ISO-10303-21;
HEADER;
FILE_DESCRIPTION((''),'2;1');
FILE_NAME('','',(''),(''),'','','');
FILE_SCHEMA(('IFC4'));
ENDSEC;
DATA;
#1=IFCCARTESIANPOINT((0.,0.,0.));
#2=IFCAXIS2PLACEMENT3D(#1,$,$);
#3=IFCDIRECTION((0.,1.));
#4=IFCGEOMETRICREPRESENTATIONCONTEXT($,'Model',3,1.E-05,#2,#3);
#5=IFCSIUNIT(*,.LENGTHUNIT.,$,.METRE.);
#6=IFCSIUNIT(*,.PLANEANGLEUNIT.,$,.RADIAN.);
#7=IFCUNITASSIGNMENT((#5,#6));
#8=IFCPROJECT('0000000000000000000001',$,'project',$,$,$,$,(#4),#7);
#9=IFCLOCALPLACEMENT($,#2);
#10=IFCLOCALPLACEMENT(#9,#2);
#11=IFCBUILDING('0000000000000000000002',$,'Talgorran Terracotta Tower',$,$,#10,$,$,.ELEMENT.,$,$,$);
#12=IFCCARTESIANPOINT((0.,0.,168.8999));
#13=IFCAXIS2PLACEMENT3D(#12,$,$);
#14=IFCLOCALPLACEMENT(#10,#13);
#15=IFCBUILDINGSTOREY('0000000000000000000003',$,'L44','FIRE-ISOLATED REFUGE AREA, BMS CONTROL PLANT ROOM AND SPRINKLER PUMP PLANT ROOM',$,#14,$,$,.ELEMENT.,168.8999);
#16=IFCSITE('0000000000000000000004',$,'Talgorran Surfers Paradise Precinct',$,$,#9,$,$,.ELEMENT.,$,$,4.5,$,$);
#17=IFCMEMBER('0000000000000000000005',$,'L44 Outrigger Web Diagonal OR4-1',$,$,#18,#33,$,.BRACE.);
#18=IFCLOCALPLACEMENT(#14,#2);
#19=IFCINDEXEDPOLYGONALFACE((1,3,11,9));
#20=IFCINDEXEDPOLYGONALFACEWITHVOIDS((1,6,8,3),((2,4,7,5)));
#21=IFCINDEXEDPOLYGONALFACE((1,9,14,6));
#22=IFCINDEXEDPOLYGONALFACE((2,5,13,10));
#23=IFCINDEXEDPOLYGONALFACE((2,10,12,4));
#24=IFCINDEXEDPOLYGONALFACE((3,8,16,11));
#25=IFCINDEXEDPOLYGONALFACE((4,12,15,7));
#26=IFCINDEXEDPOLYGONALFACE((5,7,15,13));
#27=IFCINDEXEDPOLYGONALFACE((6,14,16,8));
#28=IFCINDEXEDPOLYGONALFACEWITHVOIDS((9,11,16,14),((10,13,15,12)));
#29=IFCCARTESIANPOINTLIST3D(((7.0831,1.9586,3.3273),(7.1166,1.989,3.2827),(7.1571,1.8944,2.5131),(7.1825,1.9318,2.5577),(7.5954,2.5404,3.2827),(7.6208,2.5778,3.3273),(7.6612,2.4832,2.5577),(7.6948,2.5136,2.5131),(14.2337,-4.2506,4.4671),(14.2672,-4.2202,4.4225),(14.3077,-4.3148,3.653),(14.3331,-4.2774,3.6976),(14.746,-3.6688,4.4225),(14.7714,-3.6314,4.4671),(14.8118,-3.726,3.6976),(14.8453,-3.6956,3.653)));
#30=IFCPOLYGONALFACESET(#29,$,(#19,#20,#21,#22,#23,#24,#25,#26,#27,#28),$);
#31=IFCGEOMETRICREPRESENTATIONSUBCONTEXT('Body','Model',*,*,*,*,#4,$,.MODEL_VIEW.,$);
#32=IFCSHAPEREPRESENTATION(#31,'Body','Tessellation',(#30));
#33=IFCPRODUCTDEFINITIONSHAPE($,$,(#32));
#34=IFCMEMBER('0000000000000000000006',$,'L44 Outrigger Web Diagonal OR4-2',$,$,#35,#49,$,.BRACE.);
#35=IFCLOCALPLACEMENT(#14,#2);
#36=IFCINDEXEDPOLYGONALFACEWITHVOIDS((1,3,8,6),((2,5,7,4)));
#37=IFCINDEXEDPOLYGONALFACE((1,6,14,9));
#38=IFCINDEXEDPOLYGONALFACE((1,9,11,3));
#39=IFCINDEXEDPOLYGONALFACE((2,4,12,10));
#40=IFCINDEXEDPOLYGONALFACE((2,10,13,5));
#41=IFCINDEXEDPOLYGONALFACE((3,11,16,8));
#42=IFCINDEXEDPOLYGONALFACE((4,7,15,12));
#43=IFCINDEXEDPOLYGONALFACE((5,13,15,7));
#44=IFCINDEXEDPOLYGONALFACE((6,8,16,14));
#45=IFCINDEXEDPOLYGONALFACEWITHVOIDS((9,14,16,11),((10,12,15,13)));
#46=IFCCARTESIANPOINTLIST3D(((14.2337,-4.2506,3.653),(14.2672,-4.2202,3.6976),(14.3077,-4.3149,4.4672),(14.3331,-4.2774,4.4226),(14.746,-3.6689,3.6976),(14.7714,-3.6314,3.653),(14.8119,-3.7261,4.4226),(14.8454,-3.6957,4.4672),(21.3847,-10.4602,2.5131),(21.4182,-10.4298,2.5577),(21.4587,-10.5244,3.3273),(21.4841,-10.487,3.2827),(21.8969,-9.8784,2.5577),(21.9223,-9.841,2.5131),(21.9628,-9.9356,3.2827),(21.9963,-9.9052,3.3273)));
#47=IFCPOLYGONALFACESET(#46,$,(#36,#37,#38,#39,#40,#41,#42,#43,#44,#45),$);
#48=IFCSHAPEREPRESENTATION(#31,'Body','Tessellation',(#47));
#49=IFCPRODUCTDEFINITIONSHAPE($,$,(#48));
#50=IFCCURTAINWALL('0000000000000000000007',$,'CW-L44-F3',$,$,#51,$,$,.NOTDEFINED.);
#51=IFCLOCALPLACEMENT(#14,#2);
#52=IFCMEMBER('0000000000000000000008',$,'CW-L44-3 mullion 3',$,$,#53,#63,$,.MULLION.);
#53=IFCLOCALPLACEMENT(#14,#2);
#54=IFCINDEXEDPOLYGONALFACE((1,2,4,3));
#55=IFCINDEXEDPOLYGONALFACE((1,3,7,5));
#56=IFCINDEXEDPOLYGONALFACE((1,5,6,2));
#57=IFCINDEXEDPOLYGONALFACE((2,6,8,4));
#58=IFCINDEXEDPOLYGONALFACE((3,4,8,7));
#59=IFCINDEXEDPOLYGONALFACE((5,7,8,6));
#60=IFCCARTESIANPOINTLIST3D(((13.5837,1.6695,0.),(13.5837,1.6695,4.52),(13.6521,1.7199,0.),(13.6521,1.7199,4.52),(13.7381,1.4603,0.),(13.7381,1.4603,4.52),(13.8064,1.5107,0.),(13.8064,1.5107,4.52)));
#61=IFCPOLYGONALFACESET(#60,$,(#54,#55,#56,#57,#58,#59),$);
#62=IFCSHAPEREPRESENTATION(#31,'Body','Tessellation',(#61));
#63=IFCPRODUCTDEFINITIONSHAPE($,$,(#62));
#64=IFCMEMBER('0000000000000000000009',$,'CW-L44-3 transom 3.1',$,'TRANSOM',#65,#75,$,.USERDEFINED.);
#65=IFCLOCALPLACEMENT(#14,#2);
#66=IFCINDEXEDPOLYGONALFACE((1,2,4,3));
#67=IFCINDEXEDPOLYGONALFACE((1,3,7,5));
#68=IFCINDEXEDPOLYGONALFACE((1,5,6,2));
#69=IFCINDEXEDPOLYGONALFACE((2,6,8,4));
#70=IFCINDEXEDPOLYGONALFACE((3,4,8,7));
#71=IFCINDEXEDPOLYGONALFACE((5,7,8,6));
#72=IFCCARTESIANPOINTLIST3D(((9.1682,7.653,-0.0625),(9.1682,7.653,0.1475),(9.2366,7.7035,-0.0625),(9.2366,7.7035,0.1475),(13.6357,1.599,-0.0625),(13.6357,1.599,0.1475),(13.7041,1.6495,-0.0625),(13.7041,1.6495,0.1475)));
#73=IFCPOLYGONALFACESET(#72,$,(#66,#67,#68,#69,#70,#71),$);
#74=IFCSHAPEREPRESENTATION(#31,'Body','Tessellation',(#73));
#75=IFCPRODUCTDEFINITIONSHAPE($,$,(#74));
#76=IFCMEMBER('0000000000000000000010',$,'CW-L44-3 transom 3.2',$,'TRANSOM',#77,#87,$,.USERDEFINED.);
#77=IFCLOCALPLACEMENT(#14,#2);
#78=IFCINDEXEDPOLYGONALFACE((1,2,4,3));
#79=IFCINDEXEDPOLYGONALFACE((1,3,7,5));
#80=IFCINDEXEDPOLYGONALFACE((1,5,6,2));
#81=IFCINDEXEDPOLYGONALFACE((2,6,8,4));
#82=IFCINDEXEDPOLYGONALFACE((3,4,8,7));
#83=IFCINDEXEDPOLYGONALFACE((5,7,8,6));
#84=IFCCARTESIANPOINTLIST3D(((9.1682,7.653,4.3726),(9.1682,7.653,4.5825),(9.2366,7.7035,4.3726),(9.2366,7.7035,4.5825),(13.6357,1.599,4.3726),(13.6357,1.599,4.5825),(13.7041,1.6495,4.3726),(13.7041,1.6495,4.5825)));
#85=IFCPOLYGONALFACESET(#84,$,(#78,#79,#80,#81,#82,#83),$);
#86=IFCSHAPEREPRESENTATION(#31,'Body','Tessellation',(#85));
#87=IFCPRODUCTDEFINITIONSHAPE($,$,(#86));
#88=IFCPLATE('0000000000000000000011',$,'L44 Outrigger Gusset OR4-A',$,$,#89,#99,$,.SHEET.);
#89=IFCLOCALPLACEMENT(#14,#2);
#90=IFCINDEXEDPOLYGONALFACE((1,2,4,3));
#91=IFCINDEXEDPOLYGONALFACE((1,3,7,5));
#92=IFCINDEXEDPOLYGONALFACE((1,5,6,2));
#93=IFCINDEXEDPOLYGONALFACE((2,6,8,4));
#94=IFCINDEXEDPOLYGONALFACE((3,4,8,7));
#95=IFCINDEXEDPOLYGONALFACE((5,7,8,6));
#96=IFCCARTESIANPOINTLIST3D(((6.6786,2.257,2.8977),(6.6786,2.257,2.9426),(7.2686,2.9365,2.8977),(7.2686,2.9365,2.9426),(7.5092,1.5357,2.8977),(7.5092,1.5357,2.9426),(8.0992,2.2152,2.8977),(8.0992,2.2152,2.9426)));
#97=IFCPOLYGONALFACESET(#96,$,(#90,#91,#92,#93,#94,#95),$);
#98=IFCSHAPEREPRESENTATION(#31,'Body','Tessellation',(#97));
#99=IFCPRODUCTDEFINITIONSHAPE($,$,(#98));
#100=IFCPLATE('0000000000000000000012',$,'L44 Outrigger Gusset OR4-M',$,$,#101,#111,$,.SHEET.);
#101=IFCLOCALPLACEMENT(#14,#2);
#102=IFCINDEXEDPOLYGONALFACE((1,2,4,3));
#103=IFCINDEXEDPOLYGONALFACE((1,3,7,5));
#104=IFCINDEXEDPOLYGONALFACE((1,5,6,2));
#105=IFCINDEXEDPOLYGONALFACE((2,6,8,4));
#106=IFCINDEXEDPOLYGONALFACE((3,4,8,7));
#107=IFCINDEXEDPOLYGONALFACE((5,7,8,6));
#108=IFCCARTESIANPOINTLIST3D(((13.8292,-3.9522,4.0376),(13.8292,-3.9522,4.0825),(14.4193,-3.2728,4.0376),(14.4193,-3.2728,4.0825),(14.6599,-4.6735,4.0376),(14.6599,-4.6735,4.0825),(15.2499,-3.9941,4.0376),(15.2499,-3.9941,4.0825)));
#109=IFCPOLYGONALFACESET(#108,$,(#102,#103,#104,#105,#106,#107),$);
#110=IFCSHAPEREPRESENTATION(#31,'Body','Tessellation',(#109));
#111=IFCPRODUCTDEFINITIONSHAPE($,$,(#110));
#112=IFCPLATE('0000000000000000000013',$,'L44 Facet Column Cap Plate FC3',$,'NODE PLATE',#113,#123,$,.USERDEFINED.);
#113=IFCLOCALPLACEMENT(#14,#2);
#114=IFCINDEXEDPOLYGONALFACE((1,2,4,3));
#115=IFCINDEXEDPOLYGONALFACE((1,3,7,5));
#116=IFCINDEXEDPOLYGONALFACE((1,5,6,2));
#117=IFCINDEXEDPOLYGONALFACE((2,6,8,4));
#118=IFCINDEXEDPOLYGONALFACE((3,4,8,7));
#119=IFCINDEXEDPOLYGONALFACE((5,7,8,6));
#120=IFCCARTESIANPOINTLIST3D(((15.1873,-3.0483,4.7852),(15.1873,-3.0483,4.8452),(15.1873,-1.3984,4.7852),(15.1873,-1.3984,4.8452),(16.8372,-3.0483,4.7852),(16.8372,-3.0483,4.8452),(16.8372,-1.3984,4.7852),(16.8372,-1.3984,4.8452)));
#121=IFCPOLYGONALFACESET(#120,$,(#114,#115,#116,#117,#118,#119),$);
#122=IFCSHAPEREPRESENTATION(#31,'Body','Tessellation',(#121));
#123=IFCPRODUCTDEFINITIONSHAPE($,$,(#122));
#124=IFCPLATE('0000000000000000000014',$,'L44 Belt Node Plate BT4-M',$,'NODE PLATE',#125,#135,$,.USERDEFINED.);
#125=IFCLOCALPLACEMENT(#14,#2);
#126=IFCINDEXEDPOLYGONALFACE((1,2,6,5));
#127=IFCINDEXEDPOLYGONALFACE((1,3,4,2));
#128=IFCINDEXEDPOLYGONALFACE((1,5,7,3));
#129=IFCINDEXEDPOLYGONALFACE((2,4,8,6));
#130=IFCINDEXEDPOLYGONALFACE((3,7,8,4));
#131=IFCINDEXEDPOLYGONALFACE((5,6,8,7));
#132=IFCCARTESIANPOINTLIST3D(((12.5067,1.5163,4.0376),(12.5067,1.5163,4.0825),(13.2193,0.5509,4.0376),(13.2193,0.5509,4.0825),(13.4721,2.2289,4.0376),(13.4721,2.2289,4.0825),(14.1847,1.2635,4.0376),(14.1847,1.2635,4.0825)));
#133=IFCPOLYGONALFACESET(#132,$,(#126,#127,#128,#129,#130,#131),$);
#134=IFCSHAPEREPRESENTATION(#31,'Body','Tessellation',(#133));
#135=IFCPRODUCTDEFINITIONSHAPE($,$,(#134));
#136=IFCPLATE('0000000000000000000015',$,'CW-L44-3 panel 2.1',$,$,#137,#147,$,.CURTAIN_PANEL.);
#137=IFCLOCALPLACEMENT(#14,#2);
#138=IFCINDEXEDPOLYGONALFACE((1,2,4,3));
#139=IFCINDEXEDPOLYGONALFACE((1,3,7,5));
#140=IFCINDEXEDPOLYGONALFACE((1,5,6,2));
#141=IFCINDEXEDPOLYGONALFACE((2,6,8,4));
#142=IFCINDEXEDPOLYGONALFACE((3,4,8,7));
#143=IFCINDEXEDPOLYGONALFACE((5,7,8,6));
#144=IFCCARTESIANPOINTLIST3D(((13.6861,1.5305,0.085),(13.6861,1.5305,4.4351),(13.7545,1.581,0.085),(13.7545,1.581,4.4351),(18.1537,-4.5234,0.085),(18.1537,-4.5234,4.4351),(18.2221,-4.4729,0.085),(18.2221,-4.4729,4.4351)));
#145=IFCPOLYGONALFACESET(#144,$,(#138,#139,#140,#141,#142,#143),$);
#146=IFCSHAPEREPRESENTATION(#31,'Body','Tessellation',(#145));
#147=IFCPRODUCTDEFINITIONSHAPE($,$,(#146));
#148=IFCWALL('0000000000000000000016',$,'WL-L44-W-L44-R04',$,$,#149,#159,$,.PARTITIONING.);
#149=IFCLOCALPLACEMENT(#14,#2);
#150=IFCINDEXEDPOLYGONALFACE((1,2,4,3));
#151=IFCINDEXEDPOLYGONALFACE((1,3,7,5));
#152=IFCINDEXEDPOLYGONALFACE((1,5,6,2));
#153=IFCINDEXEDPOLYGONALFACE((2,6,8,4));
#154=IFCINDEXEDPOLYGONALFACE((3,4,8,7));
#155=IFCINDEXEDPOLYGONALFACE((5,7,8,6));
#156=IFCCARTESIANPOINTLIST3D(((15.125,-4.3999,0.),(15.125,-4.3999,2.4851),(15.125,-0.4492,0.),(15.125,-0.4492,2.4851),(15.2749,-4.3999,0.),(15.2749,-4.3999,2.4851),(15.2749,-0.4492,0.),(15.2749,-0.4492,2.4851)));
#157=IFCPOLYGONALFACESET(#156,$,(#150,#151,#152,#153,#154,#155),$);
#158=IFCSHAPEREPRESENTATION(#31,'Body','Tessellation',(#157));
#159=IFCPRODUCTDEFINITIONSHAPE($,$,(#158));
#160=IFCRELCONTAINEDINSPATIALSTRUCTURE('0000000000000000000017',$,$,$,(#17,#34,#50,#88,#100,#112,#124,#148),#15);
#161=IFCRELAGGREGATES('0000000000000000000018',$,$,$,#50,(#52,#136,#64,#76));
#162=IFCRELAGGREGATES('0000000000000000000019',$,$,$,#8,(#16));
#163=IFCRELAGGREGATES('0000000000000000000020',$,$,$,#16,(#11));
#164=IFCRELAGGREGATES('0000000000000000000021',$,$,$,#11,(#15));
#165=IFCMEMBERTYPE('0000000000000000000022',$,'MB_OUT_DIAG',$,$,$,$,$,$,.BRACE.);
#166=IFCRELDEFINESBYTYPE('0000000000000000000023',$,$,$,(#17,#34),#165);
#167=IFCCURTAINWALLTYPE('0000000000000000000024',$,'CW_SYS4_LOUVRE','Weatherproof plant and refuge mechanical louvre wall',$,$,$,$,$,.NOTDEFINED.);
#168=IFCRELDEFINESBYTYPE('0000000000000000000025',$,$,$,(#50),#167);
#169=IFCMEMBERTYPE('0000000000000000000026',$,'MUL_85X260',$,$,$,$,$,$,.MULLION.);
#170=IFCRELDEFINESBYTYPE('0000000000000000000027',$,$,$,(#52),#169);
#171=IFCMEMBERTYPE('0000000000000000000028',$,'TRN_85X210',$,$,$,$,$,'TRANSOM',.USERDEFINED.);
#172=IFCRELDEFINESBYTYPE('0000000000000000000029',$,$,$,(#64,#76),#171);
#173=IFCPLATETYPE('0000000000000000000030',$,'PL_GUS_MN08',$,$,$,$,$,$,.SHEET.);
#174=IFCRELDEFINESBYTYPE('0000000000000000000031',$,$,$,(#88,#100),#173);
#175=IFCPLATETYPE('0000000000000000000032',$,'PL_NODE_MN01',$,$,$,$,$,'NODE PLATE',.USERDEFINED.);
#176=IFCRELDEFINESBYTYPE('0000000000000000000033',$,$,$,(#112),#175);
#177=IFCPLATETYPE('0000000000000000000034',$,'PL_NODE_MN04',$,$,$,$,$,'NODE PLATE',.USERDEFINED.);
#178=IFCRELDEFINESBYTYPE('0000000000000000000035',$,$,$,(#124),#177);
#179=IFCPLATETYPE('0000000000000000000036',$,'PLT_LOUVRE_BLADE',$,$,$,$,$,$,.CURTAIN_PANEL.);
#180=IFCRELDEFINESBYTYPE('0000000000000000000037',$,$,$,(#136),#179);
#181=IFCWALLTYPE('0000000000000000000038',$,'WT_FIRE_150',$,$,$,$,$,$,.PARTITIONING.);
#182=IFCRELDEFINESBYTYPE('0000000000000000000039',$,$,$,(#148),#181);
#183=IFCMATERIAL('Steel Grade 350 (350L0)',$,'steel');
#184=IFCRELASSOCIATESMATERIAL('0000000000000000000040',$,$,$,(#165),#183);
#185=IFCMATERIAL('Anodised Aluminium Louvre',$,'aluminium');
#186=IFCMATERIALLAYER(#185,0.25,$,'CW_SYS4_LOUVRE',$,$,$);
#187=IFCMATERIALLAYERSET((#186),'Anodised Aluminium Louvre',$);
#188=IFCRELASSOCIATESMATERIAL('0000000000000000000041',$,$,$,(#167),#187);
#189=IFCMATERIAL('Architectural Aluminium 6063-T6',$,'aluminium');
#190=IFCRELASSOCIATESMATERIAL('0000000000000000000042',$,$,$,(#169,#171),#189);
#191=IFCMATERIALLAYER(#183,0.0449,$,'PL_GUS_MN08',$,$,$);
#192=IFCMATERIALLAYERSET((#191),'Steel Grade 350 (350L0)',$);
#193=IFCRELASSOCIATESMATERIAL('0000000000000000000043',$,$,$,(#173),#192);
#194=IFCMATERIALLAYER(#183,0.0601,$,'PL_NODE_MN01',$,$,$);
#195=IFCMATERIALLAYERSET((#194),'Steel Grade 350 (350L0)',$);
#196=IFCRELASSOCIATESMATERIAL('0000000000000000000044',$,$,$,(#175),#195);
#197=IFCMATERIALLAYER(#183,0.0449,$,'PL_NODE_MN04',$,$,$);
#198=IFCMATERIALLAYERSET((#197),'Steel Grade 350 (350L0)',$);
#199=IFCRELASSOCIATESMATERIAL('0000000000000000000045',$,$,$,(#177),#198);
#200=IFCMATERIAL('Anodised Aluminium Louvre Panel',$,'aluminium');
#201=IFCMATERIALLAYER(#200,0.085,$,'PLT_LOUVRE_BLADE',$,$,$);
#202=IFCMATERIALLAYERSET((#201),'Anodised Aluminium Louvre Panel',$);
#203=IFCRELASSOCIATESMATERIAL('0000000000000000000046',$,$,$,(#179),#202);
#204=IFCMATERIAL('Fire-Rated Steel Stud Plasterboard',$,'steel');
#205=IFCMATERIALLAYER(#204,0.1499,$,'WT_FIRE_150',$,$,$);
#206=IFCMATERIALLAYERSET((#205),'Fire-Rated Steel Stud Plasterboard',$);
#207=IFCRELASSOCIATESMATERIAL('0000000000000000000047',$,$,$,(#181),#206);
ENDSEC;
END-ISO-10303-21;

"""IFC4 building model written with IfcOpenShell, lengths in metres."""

from ifc_helpers import new_model, si_unit, direction, frame, frame_2d, origin, origin_2d, place, context, subcontext, project, spatial, rectangle, hollow_rectangle, extrude, source, transform, mapped, material, layer, layer_set, material_profile, profile_set, type_object, type_shapes, element, aggregate, save


model = new_model("IFC4")

# Units and contexts
model_context = context("Model", 3, precision=1e-05, world=origin(), true_north=direction((0.0, 1.0)))
body_context = subcontext(model_context, "Body", "Model", "MODEL_VIEW")
ifc_project = project(units=[si_unit("LENGTHUNIT", "METRE"), si_unit("PLANEANGLEUNIT", "RADIAN")], contexts=[model_context])

# Site, building, storey
site_placement = place(None, origin())
site = spatial("IfcSite", under=ifc_project, at=site_placement, Name="Talgorran Surfers Paradise Precinct", CompositionType="ELEMENT", RefElevation=4.5)
building_placement = place(site_placement, origin())
building = spatial("IfcBuilding", under=site, at=building_placement, Name="Talgorran Terracotta Tower", CompositionType="ELEMENT")
storey_placement = place(building_placement, frame((0.0, 0.0, 168.8999)))
storey = spatial("IfcBuildingStorey", under=building, at=storey_placement, Name="L44", Description="FIRE-ISOLATED REFUGE AREA, BMS CONTROL PLANT ROOM AND SPRINKLER PUMP PLANT ROOM", CompositionType="ELEMENT", Elevation=168.8999)

# Shared definitions
ifc_material_1 = material(Name="Steel Grade 350 (350L0)", Category="steel")

# Members
ifc_material_profile_1 = material_profile(ifc_material_1, hollow_rectangle(XDim=0.8201, YDim=0.8201, WallThickness=0.0449, at=origin_2d()), Name="WBOX820X820X45")
ifc_profile_set_1 = profile_set([ifc_material_profile_1], Name="Steel Grade 350 (350L0)")
member_type_1 = type_object("IfcMemberType", Name="MB_OUT_DIAG", PredefinedType="BRACE", material=ifc_profile_set_1)
member_1_placement = place(storey_placement, frame((7.3889, 2.2361, 2.9202), z_axis=(0.74965, -0.650956, 0.119503), x_axis=(0.655655, 0.755061, 0.0)))
element("IfcMember", 1, at=member_1_placement, inside=storey, type_object=member_type_1, Name="L44 Outrigger Web Diagonal OR4-1", PredefinedType="BRACE", context=body_context, shape_type="SweptSolid", body=[
    extrude(hollow_rectangle(XDim=0.8201, YDim=0.8201, WallThickness=0.0449, at=origin_2d()), origin(), (0.0, 0.0, 1.0), 9.5386),
])
member_2_placement = place(storey_placement, frame((14.5396, -3.9731, 4.0601), z_axis=(0.749649, -0.650958, -0.119498), x_axis=(0.655656, 0.755059, 0.0)))
element("IfcMember", 2, at=member_2_placement, inside=storey, type_object=member_type_1, Name="L44 Outrigger Web Diagonal OR4-2", PredefinedType="BRACE", context=body_context, shape_type="SweptSolid", body=[
    extrude(hollow_rectangle(XDim=0.8201, YDim=0.8201, WallThickness=0.0449, at=origin_2d()), origin(), (0.0, 0.0, 1.0), 9.5391),
])

# Curtain wall, members
ifc_material_2 = material(Name="Anodised Aluminium Louvre", Category="aluminium")
ifc_layer_1 = layer(ifc_material_2, 0.25, Name="CW_SYS4_LOUVRE")
ifc_layer_set_1 = layer_set([ifc_layer_1], Name="Anodised Aluminium Louvre")
curtain_wall_type = type_object("IfcCurtainWallType", Name="CW_SYS4_LOUVRE", Description="Weatherproof plant and refuge mechanical louvre wall", PredefinedType="NOTDEFINED", material=ifc_layer_set_1)
curtain_wall_placement = place(storey_placement, origin())
curtain_wall = element("IfcCurtainWall", 3, at=curtain_wall_placement, inside=storey, type_object=curtain_wall_type, Name="CW-L44-F3", PredefinedType="NOTDEFINED")
ifc_material_3 = material(Name="Architectural Aluminium 6063-T6", Category="aluminium")
ifc_material_profile_2 = material_profile(ifc_material_3, rectangle(XDim=0.085, YDim=0.26, at=origin_2d()), Name="CWM85X260")
ifc_profile_set_2 = profile_set([ifc_material_profile_2], Name="Architectural Aluminium 6063-T6")
member_type_2 = type_object("IfcMemberType", Name="MUL_85X260", PredefinedType="MULLION", material=ifc_profile_set_2)
member_3_placement = place(storey_placement, frame((13.6951, 1.5901, 0.0), z_axis=(0.0, 0.0, 1.0), x_axis=(-0.804622, -0.593787, 0.0)))
member_3 = element("IfcMember", 4, at=member_3_placement, type_object=member_type_2, Name="CW-L44-3 mullion 3", PredefinedType="MULLION", context=body_context, shape_type="SweptSolid", body=[
    extrude(rectangle(XDim=0.085, YDim=0.26, at=origin_2d()), origin(), (0.0, 0.0, 1.0), 4.52),
])
ifc_material_profile_3 = material_profile(ifc_material_3, rectangle(XDim=0.085, YDim=0.21, at=origin_2d()), Name="CWT85X210")
ifc_profile_set_3 = profile_set([ifc_material_profile_3], Name="Architectural Aluminium 6063-T6")
member_type_3 = type_object("IfcMemberType", Name="TRN_85X210", ElementType="TRANSOM", PredefinedType="USERDEFINED", material=ifc_profile_set_3)
member_4_placement = place(storey_placement, frame((13.6699, 1.6243, 0.0425), z_axis=(-0.593778, 0.804629, 0.0), x_axis=(-0.804629, -0.593778, 0.0)))
member_4 = element("IfcMember", 5, at=member_4_placement, type_object=member_type_3, Name="CW-L44-3 transom 3.1", ObjectType="TRANSOM", PredefinedType="USERDEFINED", context=body_context, shape_type="SweptSolid", body=[
    extrude(rectangle(XDim=0.085, YDim=0.21, at=origin_2d()), origin(), (0.0, 0.0, 1.0), 7.5239),
])
member_5_placement = place(storey_placement, frame((13.6699, 1.6243, 4.4775), z_axis=(-0.593778, 0.804629, 0.0), x_axis=(-0.804629, -0.593778, 0.0)))
member_5 = element("IfcMember", 6, at=member_5_placement, type_object=member_type_3, Name="CW-L44-3 transom 3.2", ObjectType="TRANSOM", PredefinedType="USERDEFINED", context=body_context, shape_type="SweptSolid", body=[
    extrude(rectangle(XDim=0.085, YDim=0.21, at=origin_2d()), origin(), (0.0, 0.0, 1.0), 7.5239),
])

# Plates
ifc_layer_2 = layer(ifc_material_1, 0.0449, Name="PL_GUS_MN08")
ifc_layer_set_2 = layer_set([ifc_layer_2], Name="Steel Grade 350 (350L0)")
plate_type_1 = type_object("IfcPlateType", Name="PL_GUS_MN08", PredefinedType="SHEET", material=ifc_layer_set_2)
for number, where, z_axis, x_axis, name in (
    (7, (7.3889, 2.2361, 2.8977), (0.0, 0.0, 1.0), (0.755053, -0.655664, 0.0), "L44 Outrigger Gusset OR4-A"),
    (8, (14.5396, -3.9731, 4.0376), (0.0, 0.0, 1.0), (0.755053, -0.655664, 0.0), "L44 Outrigger Gusset OR4-M"),
):
    element("IfcPlate", number, at=place(storey_placement, frame(where, z_axis=z_axis, x_axis=x_axis)), inside=storey, type_object=plate_type_1, Name=name, PredefinedType="SHEET", context=body_context, shape_type="SweptSolid", body=[
        extrude(rectangle(XDim=1.1001, YDim=0.8999, at=origin_2d()), origin(), (0.0, 0.0, 1.0), 0.0449),
    ])
ifc_layer_3 = layer(ifc_material_1, 0.0601, Name="PL_NODE_MN01")
ifc_layer_set_3 = layer_set([ifc_layer_3], Name="Steel Grade 350 (350L0)")
plate_type_2 = type_object("IfcPlateType", Name="PL_NODE_MN01", ElementType="NODE PLATE", PredefinedType="USERDEFINED", material=ifc_layer_set_3)
plate_1_placement = place(storey_placement, frame((16.0122, -2.2234, 4.7852), z_axis=(0.0, 0.0, 1.0), x_axis=(1.0, 0.0, 0.0)))
element("IfcPlate", 9, at=plate_1_placement, inside=storey, type_object=plate_type_2, Name="L44 Facet Column Cap Plate FC3", ObjectType="NODE PLATE", PredefinedType="USERDEFINED", context=body_context, shape_type="SweptSolid", body=[
    extrude(rectangle(XDim=1.6499, YDim=1.6499, at=origin_2d()), origin(), (0.0, 0.0, 1.0), 0.0601),
])
ifc_layer_4 = layer(ifc_material_1, 0.0449, Name="PL_NODE_MN04")
ifc_layer_set_4 = layer_set([ifc_layer_4], Name="Steel Grade 350 (350L0)")
plate_type_3 = type_object("IfcPlateType", Name="PL_NODE_MN04", ElementType="NODE PLATE", PredefinedType="USERDEFINED", material=ifc_layer_set_4)
plate_2_placement = place(storey_placement, frame((13.3457, 1.3899, 4.0376), z_axis=(0.0, 0.0, 1.0), x_axis=(-0.59384, 0.804583, 0.0)))
element("IfcPlate", 10, at=plate_2_placement, inside=storey, type_object=plate_type_3, Name="L44 Belt Node Plate BT4-M", ObjectType="NODE PLATE", PredefinedType="USERDEFINED", context=body_context, shape_type="SweptSolid", body=[
    extrude(rectangle(XDim=1.2, YDim=1.2, at=origin_2d()), origin(), (0.0, 0.0, 1.0), 0.0449),
])

# Plate
ifc_material_4 = material(Name="Anodised Aluminium Louvre Panel", Category="aluminium")
ifc_layer_5 = layer(ifc_material_4, 0.085, Name="PLT_LOUVRE_BLADE")
ifc_layer_set_5 = layer_set([ifc_layer_5], Name="Anodised Aluminium Louvre Panel")
plate_type_4 = type_object("IfcPlateType", Name="PLT_LOUVRE_BLADE", PredefinedType="CURTAIN_PANEL", material=ifc_layer_set_5)
shared_shape = source(origin(), body_context, "Body", "SweptSolid", [
    extrude(rectangle(XDim=7.5239, YDim=0.085, at=origin_2d()), origin(), (0.0, 0.0, 1.0), 4.3501),
])
type_shapes(plate_type_4, [shared_shape])
plate_3_placement = place(storey_placement, frame((15.9541, -1.4712, 0.085), z_axis=(0.0, 0.0, 1.0), x_axis=(-0.593787, 0.804622, 0.0)))
plate_3 = element("IfcPlate", 11, at=plate_3_placement, type_object=plate_type_4, Name="CW-L44-3 panel 2.1", PredefinedType="CURTAIN_PANEL", context=body_context, shape_type="MappedRepresentation", body=[
    mapped(shared_shape, transform((0.0, 0.0, 0.0), scale=1.0)),
])
aggregate(curtain_wall, [member_3, plate_3, member_4, member_5])

# Wall
ifc_material_5 = material(Name="Fire-Rated Steel Stud Plasterboard", Category="steel")
ifc_layer_6 = layer(ifc_material_5, 0.1499, Name="WT_FIRE_150")
ifc_layer_set_6 = layer_set([ifc_layer_6], Name="Fire-Rated Steel Stud Plasterboard")
wall_type = type_object("IfcWallType", Name="WT_FIRE_150", PredefinedType="PARTITIONING", material=ifc_layer_set_6)
wall_1_placement = place(storey_placement, frame((15.2, -4.3999, 0.0), z_axis=(0.0, 0.0, 1.0), x_axis=(0.0, 1.0, 0.0)))
element("IfcWall", 12, at=wall_1_placement, inside=storey, type_object=wall_type, Name="WL-L44-W-L44-R04", PredefinedType="PARTITIONING", context=body_context, shape_type="SweptSolid", body=[
    extrude(rectangle(XDim=3.9507, YDim=0.1499, at=frame_2d((1.9753, 0.0))), origin(), (0.0, 0.0, 1.0), 2.4851),
])

save(model, "model.ifc")
